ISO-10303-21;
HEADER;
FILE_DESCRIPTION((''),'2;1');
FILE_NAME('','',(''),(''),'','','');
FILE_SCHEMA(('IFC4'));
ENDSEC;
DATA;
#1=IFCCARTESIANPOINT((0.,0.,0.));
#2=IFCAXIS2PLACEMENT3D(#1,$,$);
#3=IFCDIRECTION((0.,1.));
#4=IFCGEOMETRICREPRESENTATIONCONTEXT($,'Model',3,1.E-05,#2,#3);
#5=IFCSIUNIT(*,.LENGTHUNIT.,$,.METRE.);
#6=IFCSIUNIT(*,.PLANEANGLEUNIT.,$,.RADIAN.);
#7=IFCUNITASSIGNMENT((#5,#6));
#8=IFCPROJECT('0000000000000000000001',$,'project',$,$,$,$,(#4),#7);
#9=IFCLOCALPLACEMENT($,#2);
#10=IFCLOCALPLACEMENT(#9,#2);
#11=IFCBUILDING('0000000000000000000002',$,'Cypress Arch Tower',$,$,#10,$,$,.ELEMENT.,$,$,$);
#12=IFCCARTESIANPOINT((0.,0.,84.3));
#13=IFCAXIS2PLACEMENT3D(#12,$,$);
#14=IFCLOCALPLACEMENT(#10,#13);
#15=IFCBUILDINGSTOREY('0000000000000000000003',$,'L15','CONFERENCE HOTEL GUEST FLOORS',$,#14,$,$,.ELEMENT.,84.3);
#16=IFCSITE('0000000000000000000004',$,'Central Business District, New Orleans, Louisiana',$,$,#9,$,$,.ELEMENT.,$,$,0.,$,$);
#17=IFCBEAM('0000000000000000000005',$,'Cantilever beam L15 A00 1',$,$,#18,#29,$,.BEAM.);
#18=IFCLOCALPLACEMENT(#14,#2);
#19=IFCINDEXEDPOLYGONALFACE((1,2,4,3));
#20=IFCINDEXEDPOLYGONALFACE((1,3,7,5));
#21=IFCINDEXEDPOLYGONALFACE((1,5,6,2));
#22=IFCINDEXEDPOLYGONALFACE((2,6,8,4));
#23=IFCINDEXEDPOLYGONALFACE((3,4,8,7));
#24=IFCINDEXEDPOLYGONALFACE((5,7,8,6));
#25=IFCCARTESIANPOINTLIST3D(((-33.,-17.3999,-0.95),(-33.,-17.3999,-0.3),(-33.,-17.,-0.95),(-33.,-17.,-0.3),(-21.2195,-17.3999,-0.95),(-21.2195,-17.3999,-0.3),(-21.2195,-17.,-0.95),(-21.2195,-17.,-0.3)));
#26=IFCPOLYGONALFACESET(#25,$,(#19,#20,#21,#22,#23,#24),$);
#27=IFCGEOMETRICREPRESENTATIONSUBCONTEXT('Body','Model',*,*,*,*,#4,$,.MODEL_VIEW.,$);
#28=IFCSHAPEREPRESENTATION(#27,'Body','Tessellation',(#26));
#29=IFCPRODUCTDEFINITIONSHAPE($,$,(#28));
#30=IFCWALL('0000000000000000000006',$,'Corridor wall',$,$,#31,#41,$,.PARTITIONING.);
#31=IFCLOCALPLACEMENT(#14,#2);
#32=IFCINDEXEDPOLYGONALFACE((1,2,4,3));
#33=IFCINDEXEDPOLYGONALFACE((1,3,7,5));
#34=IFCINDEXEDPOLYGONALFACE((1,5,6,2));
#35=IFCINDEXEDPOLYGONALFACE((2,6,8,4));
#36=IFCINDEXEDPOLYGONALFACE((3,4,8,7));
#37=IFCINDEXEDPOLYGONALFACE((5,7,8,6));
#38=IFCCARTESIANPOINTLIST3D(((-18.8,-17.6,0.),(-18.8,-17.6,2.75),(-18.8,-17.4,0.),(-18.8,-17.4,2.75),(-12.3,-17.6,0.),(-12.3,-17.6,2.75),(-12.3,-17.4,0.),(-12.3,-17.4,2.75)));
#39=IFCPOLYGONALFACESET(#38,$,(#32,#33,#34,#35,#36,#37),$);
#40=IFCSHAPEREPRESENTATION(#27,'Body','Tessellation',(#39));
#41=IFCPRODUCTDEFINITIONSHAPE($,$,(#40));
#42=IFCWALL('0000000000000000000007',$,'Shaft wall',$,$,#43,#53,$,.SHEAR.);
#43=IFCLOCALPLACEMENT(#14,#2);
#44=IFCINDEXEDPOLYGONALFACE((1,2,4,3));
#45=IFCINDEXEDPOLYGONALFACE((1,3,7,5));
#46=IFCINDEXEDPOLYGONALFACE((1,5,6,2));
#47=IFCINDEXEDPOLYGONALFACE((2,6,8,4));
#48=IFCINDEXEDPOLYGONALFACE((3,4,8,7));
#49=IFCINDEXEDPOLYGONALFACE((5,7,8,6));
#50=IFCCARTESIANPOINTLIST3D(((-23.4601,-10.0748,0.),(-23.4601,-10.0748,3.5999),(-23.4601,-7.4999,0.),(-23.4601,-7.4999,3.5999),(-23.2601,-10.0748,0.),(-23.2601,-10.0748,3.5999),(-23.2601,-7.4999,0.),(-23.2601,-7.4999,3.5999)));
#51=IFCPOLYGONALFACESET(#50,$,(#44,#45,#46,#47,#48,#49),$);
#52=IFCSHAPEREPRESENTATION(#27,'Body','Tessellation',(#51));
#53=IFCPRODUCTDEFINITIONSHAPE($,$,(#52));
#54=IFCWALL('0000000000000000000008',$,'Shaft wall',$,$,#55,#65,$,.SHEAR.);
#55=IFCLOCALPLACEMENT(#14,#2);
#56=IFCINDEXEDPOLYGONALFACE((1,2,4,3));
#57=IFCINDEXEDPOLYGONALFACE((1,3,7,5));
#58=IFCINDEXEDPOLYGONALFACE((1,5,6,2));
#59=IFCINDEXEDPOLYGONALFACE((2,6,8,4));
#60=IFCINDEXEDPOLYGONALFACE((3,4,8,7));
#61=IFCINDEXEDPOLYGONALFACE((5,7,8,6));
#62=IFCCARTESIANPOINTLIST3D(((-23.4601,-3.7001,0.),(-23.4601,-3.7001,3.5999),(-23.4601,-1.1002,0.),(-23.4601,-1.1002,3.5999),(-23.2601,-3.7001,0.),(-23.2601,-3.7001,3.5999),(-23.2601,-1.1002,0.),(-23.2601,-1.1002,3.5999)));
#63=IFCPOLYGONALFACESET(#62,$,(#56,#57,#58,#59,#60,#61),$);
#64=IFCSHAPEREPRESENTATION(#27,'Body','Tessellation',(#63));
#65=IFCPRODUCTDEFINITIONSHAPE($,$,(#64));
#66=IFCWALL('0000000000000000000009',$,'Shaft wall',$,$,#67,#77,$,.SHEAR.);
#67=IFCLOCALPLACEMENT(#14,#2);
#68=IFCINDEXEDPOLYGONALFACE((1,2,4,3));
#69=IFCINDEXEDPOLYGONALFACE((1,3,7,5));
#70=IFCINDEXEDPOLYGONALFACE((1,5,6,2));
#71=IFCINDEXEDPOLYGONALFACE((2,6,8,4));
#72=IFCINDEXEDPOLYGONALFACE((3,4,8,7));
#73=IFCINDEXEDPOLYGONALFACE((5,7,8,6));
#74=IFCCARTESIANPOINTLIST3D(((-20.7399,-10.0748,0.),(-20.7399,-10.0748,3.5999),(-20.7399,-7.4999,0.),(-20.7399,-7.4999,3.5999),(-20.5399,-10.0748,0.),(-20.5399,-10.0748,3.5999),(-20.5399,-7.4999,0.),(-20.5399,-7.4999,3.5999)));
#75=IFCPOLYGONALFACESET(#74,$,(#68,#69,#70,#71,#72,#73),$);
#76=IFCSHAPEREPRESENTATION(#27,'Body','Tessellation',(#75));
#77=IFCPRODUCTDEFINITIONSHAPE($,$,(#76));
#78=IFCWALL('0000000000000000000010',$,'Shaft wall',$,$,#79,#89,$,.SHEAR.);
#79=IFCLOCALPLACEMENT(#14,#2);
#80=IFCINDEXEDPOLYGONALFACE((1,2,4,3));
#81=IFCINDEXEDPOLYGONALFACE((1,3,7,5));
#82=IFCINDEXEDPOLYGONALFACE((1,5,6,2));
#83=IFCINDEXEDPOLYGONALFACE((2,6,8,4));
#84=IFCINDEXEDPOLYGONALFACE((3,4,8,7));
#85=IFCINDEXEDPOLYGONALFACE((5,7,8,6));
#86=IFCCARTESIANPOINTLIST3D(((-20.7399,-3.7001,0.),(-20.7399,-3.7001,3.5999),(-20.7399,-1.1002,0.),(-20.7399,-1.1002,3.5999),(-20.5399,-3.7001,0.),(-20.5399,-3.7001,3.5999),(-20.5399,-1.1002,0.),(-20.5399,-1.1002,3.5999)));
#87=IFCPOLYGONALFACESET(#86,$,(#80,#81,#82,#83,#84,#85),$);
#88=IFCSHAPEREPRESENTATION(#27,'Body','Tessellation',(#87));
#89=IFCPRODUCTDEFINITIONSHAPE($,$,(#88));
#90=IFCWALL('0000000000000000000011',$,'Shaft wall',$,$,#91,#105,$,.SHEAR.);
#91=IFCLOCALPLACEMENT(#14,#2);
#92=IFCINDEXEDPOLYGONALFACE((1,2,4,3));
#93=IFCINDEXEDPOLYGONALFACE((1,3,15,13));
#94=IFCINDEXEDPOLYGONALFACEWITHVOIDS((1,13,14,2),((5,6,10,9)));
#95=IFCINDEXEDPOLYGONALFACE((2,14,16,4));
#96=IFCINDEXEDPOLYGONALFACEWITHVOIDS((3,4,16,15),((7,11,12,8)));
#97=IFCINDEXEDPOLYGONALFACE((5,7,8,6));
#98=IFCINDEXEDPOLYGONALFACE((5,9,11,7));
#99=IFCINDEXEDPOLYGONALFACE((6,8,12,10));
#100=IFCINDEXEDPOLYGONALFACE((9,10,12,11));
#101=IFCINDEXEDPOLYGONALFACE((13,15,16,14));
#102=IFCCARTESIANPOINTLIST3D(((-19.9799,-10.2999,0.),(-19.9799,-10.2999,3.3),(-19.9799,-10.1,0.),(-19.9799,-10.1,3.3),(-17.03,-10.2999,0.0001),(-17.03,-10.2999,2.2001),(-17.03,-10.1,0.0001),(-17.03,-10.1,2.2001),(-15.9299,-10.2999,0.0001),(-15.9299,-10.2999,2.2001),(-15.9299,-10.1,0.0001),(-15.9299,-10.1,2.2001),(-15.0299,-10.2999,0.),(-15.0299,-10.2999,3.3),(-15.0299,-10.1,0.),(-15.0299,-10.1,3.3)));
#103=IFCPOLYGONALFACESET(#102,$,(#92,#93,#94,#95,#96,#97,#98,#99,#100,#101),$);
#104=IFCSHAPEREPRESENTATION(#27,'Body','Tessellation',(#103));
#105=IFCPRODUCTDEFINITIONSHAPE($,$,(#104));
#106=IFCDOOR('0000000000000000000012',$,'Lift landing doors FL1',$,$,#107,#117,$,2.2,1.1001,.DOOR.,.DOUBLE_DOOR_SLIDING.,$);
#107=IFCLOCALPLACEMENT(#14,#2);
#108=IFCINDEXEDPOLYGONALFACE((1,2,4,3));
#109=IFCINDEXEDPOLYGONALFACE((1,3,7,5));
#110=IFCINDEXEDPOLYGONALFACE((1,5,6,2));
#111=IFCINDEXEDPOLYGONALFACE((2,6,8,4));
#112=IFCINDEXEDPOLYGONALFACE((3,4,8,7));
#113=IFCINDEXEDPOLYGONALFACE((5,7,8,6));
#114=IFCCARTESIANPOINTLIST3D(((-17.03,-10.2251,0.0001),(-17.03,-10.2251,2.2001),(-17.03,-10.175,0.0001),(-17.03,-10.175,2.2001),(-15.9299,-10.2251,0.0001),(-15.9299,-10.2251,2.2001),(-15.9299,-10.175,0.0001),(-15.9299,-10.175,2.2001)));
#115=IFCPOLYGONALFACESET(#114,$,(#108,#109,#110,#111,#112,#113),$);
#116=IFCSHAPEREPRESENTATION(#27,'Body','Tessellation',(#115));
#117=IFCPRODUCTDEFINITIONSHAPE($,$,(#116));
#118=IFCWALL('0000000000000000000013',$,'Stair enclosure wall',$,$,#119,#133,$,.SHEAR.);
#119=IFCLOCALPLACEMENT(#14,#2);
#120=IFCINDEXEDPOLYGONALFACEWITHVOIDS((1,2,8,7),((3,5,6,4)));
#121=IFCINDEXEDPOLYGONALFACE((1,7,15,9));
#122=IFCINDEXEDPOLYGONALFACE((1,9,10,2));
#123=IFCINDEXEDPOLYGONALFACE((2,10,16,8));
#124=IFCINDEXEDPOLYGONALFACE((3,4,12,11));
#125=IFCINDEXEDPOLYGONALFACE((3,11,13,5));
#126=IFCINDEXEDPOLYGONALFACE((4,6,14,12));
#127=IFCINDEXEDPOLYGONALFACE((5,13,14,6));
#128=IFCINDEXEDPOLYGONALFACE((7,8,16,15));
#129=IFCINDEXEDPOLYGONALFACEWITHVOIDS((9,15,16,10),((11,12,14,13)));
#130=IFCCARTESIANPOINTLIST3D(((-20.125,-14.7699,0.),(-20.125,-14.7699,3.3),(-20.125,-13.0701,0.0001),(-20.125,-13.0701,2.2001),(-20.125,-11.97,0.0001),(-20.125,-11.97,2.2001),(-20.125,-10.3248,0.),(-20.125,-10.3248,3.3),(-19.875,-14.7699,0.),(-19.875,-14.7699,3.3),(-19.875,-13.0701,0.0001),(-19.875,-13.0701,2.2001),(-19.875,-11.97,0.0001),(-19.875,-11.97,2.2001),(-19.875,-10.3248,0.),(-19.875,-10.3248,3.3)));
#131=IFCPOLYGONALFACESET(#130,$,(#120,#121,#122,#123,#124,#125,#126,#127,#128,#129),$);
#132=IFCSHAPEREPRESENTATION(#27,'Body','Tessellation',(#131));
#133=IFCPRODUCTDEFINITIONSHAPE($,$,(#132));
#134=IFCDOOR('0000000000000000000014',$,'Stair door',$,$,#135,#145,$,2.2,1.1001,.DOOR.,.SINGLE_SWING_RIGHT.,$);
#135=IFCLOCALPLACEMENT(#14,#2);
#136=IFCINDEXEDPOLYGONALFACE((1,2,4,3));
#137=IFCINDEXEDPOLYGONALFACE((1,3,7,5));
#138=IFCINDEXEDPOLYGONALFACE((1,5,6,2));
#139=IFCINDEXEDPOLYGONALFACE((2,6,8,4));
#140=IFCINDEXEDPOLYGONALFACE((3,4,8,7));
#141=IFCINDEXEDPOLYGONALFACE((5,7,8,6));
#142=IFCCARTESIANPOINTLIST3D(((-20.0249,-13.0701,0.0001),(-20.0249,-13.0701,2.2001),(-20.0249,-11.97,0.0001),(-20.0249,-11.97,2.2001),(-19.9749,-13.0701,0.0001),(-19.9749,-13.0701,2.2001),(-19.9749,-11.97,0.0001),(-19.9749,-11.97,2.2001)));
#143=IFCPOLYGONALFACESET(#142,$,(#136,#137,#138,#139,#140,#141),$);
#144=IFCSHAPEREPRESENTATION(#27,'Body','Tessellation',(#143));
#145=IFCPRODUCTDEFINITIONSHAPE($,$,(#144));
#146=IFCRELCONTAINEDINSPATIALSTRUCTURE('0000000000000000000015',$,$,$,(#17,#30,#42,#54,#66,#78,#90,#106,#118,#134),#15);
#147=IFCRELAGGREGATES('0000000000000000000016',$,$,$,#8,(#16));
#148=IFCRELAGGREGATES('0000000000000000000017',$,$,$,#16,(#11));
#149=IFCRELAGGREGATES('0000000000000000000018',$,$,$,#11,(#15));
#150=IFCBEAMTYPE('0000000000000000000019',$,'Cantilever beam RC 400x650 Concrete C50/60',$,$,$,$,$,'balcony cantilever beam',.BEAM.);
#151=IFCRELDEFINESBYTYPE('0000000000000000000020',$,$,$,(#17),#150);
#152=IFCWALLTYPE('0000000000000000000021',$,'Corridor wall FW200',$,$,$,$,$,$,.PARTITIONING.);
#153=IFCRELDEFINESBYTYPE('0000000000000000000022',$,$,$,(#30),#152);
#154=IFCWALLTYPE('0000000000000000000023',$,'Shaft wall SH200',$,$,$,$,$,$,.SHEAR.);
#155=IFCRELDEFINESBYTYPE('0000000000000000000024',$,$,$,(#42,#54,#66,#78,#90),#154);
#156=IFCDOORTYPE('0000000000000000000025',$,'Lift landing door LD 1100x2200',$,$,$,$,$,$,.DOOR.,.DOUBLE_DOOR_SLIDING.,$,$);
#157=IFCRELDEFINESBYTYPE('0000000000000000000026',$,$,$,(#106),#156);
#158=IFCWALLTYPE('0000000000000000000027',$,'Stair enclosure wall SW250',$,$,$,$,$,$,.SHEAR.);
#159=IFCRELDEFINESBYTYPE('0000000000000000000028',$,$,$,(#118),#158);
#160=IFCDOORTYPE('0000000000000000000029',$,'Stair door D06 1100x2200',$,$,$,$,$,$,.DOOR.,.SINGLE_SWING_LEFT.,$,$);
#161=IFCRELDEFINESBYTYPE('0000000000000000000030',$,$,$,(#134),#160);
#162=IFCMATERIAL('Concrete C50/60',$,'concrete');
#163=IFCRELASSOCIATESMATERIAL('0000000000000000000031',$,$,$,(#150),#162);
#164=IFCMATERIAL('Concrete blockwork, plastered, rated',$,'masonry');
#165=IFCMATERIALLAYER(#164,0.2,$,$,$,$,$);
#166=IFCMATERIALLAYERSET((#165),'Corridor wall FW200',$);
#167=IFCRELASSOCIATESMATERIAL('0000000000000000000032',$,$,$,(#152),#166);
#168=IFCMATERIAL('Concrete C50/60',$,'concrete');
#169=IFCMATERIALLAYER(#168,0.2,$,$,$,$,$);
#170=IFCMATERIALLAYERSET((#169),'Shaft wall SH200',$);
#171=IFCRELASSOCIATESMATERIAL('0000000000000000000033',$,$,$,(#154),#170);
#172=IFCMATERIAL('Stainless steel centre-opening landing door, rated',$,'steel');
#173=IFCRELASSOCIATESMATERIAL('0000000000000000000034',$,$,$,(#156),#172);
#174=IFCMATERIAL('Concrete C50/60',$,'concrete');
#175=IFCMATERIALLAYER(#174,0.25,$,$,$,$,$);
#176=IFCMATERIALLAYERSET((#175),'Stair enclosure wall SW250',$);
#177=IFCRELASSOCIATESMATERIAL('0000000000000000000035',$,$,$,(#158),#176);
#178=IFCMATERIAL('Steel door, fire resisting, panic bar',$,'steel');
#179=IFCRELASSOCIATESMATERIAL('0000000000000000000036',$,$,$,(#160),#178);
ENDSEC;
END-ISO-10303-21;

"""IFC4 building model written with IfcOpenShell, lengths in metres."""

from ifc_helpers import new_model, si_unit, direction, frame, frame_2d, origin, origin_2d, place, context, subcontext, project, spatial, rectangle, extrude, material, layer, layer_set, material_profile, profile_set, type_object, element, fill, save


model = new_model("IFC4")

# Units and contexts
model_context = context("Model", 3, precision=1e-05, world=origin(), true_north=direction((0.0, 1.0)))
body_context = subcontext(model_context, "Body", "Model", "MODEL_VIEW")
ifc_project = project(units=[si_unit("LENGTHUNIT", "METRE"), si_unit("PLANEANGLEUNIT", "RADIAN")], contexts=[model_context])

# Site, building, storey
site_placement = place(None, origin())
site = spatial("IfcSite", under=ifc_project, at=site_placement, Name="Central Business District, New Orleans, Louisiana", CompositionType="ELEMENT", RefElevation=0.0)
building_placement = place(site_placement, origin())
building = spatial("IfcBuilding", under=site, at=building_placement, Name="Cypress Arch Tower", CompositionType="ELEMENT")
storey_placement = place(building_placement, frame((0.0, 0.0, 84.3)))
storey = spatial("IfcBuildingStorey", under=building, at=storey_placement, Name="L15", Description="CONFERENCE HOTEL GUEST FLOORS", CompositionType="ELEMENT", Elevation=84.3)

# Beam
ifc_material_1 = material(Name="Concrete C50/60", Category="concrete")
ifc_material_profile = material_profile(ifc_material_1, rectangle(XDim=0.3999, YDim=0.6499, at=origin_2d()), Name="RC 400x650")
ifc_profile_set = profile_set([ifc_material_profile], Name="Concrete C50/60")
beam_type = type_object("IfcBeamType", Name="Cantilever beam RC 400x650 Concrete C50/60", ElementType="balcony cantilever beam", PredefinedType="BEAM", material=ifc_profile_set)
beam_placement = place(storey_placement, frame((-21.2195, -17.2, -0.625), z_axis=(-1.0, 0.0, 0.0), x_axis=(0.0, -1.0, 0.0)))
element("IfcBeam", 1, at=beam_placement, inside=storey, type_object=beam_type, Name="Cantilever beam L15 A00 1", PredefinedType="BEAM", context=body_context, shape_type="SweptSolid", body=[
    extrude(rectangle(XDim=0.3999, YDim=0.6499, at=origin_2d()), origin(), (0.0, 0.0, 1.0), 11.7805),
])

# Walls
ifc_material_2 = material(Name="Concrete blockwork, plastered, rated", Category="masonry")
ifc_layer_1 = layer(ifc_material_2, 0.2)
ifc_layer_set_1 = layer_set([ifc_layer_1], Name="Corridor wall FW200")
wall_type_1 = type_object("IfcWallType", Name="Corridor wall FW200", PredefinedType="PARTITIONING", material=ifc_layer_set_1)
wall_1_placement = place(storey_placement, frame((-18.8, -17.5, 0.0), z_axis=(0.0, 0.0, 1.0), x_axis=(1.0, 0.0, 0.0)))
element("IfcWall", 2, at=wall_1_placement, inside=storey, type_object=wall_type_1, Name="Corridor wall", PredefinedType="PARTITIONING", context=body_context, shape_type="SweptSolid", body=[
    extrude(rectangle(XDim=6.5, YDim=0.2, at=frame_2d((3.25, 0.0))), origin(), (0.0, 0.0, 1.0), 2.75),
])
ifc_material_3 = material(Name="Concrete C50/60", Category="concrete")
ifc_layer_2 = layer(ifc_material_3, 0.2)
ifc_layer_set_2 = layer_set([ifc_layer_2], Name="Shaft wall SH200")
wall_type_2 = type_object("IfcWallType", Name="Shaft wall SH200", PredefinedType="SHEAR", material=ifc_layer_set_2)
wall_2_placement = place(storey_placement, frame((-23.3601, -10.075, 0.0), z_axis=(0.0, 0.0, 1.0), x_axis=(0.0, 1.0, 0.0)))
element("IfcWall", 3, at=wall_2_placement, inside=storey, type_object=wall_type_2, Name="Shaft wall", PredefinedType="SHEAR", context=body_context, shape_type="SweptSolid", body=[
    extrude(rectangle(XDim=2.575, YDim=0.2, at=frame_2d((1.2876, 0.0))), origin(), (0.0, 0.0, 1.0), 3.5999),
])
wall_3_placement = place(storey_placement, frame((-23.3601, -3.7, 0.0), z_axis=(0.0, 0.0, 1.0), x_axis=(0.0, 1.0, 0.0)))
element("IfcWall", 4, at=wall_3_placement, inside=storey, type_object=wall_type_2, Name="Shaft wall", PredefinedType="SHEAR", context=body_context, shape_type="SweptSolid", body=[
    extrude(rectangle(XDim=2.5999, YDim=0.2, at=frame_2d((1.2998, 0.0))), origin(), (0.0, 0.0, 1.0), 3.5999),
])
wall_4_placement = place(storey_placement, frame((-20.6399, -10.075, 0.0), z_axis=(0.0, 0.0, 1.0), x_axis=(0.0, 1.0, 0.0)))
element("IfcWall", 5, at=wall_4_placement, inside=storey, type_object=wall_type_2, Name="Shaft wall", PredefinedType="SHEAR", context=body_context, shape_type="SweptSolid", body=[
    extrude(rectangle(XDim=2.575, YDim=0.2, at=frame_2d((1.2876, 0.0))), origin(), (0.0, 0.0, 1.0), 3.5999),
])
wall_5_placement = place(storey_placement, frame((-20.6399, -3.7, 0.0), z_axis=(0.0, 0.0, 1.0), x_axis=(0.0, 1.0, 0.0)))
element("IfcWall", 6, at=wall_5_placement, inside=storey, type_object=wall_type_2, Name="Shaft wall", PredefinedType="SHEAR", context=body_context, shape_type="SweptSolid", body=[
    extrude(rectangle(XDim=2.5999, YDim=0.2, at=frame_2d((1.2998, 0.0))), origin(), (0.0, 0.0, 1.0), 3.5999),
])

# Walls, openings, doors
wall_6_placement = place(storey_placement, frame((-19.98, -10.2, 0.0), z_axis=(0.0, 0.0, 1.0), x_axis=(1.0, 0.0, 0.0)))
wall_6 = element("IfcWall", 7, at=wall_6_placement, inside=storey, type_object=wall_type_2, Name="Shaft wall", PredefinedType="SHEAR", context=body_context, shape_type="SweptSolid", body=[
    extrude(rectangle(XDim=4.95, YDim=0.2, at=frame_2d((2.4751, 0.0))), origin(), (0.0, 0.0, 1.0), 3.3),
])
opening_1_placement = place(wall_6_placement, frame((2.95, 0.0, 0.0)))
opening_1 = element("IfcOpeningElement", 8, at=opening_1_placement, cuts=wall_6, PredefinedType="OPENING", context=body_context, shape_type="SweptSolid", body=[
    extrude(rectangle(XDim=1.1001, YDim=2.2, at=frame_2d((0.55, 1.1001))), frame((0.0, 0.1099, 0.0), z_axis=(0.0, -1.0, 0.0), x_axis=(1.0, 0.0, 0.0)), (0.0, 0.0, 1.0), 0.22),
])
ifc_material_4 = material(Name="Stainless steel centre-opening landing door, rated", Category="steel")
door_type_1 = type_object("IfcDoorType", Name="Lift landing door LD 1100x2200", OperationType="DOUBLE_DOOR_SLIDING", PredefinedType="DOOR", material=ifc_material_4)
door_1_placement = place(opening_1_placement, origin())
door_1 = element("IfcDoor", 9, at=door_1_placement, inside=storey, type_object=door_type_1, Name="Lift landing doors FL1", OperationType="DOUBLE_DOOR_SLIDING", OverallHeight=2.2, OverallWidth=1.1001, PredefinedType="DOOR", context=body_context, shape_type="SweptSolid", body=[
    extrude(rectangle(XDim=1.1001, YDim=2.2, at=frame_2d((0.55, 1.1001))), frame((0.0, 0.0249, 0.0), z_axis=(0.0, -1.0, 0.0), x_axis=(1.0, 0.0, 0.0)), (0.0, 0.0, 1.0), 0.05),
])
fill(opening_1, door_1)
ifc_material_5 = material(Name="Concrete C50/60", Category="concrete")
ifc_layer_3 = layer(ifc_material_5, 0.25)
ifc_layer_set_3 = layer_set([ifc_layer_3], Name="Stair enclosure wall SW250")
wall_type_3 = type_object("IfcWallType", Name="Stair enclosure wall SW250", PredefinedType="SHEAR", material=ifc_layer_set_3)
wall_7_placement = place(storey_placement, frame((-20.0, -14.77, 0.0), z_axis=(0.0, 0.0, 1.0), x_axis=(0.0, 1.0, 0.0)))
wall_7 = element("IfcWall", 10, at=wall_7_placement, inside=storey, type_object=wall_type_3, Name="Stair enclosure wall", PredefinedType="SHEAR", context=body_context, shape_type="SweptSolid", body=[
    extrude(rectangle(XDim=4.4451, YDim=0.25, at=frame_2d((2.2227, 0.0))), origin(), (0.0, 0.0, 1.0), 3.3),
])
opening_2_placement = place(wall_7_placement, frame((1.7, 0.0, 0.0)))
opening_2 = element("IfcOpeningElement", 11, at=opening_2_placement, cuts=wall_7, PredefinedType="OPENING", context=body_context, shape_type="SweptSolid", body=[
    extrude(rectangle(XDim=1.1001, YDim=2.2, at=frame_2d((0.55, 1.1001))), frame((0.0, 0.135, 0.0), z_axis=(0.0, -1.0, 0.0), x_axis=(1.0, 0.0, 0.0)), (0.0, 0.0, 1.0), 0.27),
])
ifc_material_6 = material(Name="Steel door, fire resisting, panic bar", Category="steel")
door_type_2 = type_object("IfcDoorType", Name="Stair door D06 1100x2200", OperationType="SINGLE_SWING_LEFT", PredefinedType="DOOR", material=ifc_material_6)
door_2_placement = place(opening_2_placement, origin())
door_2 = element("IfcDoor", 12, at=door_2_placement, inside=storey, type_object=door_type_2, Name="Stair door", OperationType="SINGLE_SWING_RIGHT", OverallHeight=2.2, OverallWidth=1.1001, PredefinedType="DOOR", context=body_context, shape_type="SweptSolid", body=[
    extrude(rectangle(XDim=1.1001, YDim=2.2, at=frame_2d((0.55, 1.1001))), frame((0.0, 0.0249, 0.0), z_axis=(0.0, -1.0, 0.0), x_axis=(1.0, 0.0, 0.0)), (0.0, 0.0, 1.0), 0.05),
])
fill(opening_2, door_2)

save(model, "model.ifc")
